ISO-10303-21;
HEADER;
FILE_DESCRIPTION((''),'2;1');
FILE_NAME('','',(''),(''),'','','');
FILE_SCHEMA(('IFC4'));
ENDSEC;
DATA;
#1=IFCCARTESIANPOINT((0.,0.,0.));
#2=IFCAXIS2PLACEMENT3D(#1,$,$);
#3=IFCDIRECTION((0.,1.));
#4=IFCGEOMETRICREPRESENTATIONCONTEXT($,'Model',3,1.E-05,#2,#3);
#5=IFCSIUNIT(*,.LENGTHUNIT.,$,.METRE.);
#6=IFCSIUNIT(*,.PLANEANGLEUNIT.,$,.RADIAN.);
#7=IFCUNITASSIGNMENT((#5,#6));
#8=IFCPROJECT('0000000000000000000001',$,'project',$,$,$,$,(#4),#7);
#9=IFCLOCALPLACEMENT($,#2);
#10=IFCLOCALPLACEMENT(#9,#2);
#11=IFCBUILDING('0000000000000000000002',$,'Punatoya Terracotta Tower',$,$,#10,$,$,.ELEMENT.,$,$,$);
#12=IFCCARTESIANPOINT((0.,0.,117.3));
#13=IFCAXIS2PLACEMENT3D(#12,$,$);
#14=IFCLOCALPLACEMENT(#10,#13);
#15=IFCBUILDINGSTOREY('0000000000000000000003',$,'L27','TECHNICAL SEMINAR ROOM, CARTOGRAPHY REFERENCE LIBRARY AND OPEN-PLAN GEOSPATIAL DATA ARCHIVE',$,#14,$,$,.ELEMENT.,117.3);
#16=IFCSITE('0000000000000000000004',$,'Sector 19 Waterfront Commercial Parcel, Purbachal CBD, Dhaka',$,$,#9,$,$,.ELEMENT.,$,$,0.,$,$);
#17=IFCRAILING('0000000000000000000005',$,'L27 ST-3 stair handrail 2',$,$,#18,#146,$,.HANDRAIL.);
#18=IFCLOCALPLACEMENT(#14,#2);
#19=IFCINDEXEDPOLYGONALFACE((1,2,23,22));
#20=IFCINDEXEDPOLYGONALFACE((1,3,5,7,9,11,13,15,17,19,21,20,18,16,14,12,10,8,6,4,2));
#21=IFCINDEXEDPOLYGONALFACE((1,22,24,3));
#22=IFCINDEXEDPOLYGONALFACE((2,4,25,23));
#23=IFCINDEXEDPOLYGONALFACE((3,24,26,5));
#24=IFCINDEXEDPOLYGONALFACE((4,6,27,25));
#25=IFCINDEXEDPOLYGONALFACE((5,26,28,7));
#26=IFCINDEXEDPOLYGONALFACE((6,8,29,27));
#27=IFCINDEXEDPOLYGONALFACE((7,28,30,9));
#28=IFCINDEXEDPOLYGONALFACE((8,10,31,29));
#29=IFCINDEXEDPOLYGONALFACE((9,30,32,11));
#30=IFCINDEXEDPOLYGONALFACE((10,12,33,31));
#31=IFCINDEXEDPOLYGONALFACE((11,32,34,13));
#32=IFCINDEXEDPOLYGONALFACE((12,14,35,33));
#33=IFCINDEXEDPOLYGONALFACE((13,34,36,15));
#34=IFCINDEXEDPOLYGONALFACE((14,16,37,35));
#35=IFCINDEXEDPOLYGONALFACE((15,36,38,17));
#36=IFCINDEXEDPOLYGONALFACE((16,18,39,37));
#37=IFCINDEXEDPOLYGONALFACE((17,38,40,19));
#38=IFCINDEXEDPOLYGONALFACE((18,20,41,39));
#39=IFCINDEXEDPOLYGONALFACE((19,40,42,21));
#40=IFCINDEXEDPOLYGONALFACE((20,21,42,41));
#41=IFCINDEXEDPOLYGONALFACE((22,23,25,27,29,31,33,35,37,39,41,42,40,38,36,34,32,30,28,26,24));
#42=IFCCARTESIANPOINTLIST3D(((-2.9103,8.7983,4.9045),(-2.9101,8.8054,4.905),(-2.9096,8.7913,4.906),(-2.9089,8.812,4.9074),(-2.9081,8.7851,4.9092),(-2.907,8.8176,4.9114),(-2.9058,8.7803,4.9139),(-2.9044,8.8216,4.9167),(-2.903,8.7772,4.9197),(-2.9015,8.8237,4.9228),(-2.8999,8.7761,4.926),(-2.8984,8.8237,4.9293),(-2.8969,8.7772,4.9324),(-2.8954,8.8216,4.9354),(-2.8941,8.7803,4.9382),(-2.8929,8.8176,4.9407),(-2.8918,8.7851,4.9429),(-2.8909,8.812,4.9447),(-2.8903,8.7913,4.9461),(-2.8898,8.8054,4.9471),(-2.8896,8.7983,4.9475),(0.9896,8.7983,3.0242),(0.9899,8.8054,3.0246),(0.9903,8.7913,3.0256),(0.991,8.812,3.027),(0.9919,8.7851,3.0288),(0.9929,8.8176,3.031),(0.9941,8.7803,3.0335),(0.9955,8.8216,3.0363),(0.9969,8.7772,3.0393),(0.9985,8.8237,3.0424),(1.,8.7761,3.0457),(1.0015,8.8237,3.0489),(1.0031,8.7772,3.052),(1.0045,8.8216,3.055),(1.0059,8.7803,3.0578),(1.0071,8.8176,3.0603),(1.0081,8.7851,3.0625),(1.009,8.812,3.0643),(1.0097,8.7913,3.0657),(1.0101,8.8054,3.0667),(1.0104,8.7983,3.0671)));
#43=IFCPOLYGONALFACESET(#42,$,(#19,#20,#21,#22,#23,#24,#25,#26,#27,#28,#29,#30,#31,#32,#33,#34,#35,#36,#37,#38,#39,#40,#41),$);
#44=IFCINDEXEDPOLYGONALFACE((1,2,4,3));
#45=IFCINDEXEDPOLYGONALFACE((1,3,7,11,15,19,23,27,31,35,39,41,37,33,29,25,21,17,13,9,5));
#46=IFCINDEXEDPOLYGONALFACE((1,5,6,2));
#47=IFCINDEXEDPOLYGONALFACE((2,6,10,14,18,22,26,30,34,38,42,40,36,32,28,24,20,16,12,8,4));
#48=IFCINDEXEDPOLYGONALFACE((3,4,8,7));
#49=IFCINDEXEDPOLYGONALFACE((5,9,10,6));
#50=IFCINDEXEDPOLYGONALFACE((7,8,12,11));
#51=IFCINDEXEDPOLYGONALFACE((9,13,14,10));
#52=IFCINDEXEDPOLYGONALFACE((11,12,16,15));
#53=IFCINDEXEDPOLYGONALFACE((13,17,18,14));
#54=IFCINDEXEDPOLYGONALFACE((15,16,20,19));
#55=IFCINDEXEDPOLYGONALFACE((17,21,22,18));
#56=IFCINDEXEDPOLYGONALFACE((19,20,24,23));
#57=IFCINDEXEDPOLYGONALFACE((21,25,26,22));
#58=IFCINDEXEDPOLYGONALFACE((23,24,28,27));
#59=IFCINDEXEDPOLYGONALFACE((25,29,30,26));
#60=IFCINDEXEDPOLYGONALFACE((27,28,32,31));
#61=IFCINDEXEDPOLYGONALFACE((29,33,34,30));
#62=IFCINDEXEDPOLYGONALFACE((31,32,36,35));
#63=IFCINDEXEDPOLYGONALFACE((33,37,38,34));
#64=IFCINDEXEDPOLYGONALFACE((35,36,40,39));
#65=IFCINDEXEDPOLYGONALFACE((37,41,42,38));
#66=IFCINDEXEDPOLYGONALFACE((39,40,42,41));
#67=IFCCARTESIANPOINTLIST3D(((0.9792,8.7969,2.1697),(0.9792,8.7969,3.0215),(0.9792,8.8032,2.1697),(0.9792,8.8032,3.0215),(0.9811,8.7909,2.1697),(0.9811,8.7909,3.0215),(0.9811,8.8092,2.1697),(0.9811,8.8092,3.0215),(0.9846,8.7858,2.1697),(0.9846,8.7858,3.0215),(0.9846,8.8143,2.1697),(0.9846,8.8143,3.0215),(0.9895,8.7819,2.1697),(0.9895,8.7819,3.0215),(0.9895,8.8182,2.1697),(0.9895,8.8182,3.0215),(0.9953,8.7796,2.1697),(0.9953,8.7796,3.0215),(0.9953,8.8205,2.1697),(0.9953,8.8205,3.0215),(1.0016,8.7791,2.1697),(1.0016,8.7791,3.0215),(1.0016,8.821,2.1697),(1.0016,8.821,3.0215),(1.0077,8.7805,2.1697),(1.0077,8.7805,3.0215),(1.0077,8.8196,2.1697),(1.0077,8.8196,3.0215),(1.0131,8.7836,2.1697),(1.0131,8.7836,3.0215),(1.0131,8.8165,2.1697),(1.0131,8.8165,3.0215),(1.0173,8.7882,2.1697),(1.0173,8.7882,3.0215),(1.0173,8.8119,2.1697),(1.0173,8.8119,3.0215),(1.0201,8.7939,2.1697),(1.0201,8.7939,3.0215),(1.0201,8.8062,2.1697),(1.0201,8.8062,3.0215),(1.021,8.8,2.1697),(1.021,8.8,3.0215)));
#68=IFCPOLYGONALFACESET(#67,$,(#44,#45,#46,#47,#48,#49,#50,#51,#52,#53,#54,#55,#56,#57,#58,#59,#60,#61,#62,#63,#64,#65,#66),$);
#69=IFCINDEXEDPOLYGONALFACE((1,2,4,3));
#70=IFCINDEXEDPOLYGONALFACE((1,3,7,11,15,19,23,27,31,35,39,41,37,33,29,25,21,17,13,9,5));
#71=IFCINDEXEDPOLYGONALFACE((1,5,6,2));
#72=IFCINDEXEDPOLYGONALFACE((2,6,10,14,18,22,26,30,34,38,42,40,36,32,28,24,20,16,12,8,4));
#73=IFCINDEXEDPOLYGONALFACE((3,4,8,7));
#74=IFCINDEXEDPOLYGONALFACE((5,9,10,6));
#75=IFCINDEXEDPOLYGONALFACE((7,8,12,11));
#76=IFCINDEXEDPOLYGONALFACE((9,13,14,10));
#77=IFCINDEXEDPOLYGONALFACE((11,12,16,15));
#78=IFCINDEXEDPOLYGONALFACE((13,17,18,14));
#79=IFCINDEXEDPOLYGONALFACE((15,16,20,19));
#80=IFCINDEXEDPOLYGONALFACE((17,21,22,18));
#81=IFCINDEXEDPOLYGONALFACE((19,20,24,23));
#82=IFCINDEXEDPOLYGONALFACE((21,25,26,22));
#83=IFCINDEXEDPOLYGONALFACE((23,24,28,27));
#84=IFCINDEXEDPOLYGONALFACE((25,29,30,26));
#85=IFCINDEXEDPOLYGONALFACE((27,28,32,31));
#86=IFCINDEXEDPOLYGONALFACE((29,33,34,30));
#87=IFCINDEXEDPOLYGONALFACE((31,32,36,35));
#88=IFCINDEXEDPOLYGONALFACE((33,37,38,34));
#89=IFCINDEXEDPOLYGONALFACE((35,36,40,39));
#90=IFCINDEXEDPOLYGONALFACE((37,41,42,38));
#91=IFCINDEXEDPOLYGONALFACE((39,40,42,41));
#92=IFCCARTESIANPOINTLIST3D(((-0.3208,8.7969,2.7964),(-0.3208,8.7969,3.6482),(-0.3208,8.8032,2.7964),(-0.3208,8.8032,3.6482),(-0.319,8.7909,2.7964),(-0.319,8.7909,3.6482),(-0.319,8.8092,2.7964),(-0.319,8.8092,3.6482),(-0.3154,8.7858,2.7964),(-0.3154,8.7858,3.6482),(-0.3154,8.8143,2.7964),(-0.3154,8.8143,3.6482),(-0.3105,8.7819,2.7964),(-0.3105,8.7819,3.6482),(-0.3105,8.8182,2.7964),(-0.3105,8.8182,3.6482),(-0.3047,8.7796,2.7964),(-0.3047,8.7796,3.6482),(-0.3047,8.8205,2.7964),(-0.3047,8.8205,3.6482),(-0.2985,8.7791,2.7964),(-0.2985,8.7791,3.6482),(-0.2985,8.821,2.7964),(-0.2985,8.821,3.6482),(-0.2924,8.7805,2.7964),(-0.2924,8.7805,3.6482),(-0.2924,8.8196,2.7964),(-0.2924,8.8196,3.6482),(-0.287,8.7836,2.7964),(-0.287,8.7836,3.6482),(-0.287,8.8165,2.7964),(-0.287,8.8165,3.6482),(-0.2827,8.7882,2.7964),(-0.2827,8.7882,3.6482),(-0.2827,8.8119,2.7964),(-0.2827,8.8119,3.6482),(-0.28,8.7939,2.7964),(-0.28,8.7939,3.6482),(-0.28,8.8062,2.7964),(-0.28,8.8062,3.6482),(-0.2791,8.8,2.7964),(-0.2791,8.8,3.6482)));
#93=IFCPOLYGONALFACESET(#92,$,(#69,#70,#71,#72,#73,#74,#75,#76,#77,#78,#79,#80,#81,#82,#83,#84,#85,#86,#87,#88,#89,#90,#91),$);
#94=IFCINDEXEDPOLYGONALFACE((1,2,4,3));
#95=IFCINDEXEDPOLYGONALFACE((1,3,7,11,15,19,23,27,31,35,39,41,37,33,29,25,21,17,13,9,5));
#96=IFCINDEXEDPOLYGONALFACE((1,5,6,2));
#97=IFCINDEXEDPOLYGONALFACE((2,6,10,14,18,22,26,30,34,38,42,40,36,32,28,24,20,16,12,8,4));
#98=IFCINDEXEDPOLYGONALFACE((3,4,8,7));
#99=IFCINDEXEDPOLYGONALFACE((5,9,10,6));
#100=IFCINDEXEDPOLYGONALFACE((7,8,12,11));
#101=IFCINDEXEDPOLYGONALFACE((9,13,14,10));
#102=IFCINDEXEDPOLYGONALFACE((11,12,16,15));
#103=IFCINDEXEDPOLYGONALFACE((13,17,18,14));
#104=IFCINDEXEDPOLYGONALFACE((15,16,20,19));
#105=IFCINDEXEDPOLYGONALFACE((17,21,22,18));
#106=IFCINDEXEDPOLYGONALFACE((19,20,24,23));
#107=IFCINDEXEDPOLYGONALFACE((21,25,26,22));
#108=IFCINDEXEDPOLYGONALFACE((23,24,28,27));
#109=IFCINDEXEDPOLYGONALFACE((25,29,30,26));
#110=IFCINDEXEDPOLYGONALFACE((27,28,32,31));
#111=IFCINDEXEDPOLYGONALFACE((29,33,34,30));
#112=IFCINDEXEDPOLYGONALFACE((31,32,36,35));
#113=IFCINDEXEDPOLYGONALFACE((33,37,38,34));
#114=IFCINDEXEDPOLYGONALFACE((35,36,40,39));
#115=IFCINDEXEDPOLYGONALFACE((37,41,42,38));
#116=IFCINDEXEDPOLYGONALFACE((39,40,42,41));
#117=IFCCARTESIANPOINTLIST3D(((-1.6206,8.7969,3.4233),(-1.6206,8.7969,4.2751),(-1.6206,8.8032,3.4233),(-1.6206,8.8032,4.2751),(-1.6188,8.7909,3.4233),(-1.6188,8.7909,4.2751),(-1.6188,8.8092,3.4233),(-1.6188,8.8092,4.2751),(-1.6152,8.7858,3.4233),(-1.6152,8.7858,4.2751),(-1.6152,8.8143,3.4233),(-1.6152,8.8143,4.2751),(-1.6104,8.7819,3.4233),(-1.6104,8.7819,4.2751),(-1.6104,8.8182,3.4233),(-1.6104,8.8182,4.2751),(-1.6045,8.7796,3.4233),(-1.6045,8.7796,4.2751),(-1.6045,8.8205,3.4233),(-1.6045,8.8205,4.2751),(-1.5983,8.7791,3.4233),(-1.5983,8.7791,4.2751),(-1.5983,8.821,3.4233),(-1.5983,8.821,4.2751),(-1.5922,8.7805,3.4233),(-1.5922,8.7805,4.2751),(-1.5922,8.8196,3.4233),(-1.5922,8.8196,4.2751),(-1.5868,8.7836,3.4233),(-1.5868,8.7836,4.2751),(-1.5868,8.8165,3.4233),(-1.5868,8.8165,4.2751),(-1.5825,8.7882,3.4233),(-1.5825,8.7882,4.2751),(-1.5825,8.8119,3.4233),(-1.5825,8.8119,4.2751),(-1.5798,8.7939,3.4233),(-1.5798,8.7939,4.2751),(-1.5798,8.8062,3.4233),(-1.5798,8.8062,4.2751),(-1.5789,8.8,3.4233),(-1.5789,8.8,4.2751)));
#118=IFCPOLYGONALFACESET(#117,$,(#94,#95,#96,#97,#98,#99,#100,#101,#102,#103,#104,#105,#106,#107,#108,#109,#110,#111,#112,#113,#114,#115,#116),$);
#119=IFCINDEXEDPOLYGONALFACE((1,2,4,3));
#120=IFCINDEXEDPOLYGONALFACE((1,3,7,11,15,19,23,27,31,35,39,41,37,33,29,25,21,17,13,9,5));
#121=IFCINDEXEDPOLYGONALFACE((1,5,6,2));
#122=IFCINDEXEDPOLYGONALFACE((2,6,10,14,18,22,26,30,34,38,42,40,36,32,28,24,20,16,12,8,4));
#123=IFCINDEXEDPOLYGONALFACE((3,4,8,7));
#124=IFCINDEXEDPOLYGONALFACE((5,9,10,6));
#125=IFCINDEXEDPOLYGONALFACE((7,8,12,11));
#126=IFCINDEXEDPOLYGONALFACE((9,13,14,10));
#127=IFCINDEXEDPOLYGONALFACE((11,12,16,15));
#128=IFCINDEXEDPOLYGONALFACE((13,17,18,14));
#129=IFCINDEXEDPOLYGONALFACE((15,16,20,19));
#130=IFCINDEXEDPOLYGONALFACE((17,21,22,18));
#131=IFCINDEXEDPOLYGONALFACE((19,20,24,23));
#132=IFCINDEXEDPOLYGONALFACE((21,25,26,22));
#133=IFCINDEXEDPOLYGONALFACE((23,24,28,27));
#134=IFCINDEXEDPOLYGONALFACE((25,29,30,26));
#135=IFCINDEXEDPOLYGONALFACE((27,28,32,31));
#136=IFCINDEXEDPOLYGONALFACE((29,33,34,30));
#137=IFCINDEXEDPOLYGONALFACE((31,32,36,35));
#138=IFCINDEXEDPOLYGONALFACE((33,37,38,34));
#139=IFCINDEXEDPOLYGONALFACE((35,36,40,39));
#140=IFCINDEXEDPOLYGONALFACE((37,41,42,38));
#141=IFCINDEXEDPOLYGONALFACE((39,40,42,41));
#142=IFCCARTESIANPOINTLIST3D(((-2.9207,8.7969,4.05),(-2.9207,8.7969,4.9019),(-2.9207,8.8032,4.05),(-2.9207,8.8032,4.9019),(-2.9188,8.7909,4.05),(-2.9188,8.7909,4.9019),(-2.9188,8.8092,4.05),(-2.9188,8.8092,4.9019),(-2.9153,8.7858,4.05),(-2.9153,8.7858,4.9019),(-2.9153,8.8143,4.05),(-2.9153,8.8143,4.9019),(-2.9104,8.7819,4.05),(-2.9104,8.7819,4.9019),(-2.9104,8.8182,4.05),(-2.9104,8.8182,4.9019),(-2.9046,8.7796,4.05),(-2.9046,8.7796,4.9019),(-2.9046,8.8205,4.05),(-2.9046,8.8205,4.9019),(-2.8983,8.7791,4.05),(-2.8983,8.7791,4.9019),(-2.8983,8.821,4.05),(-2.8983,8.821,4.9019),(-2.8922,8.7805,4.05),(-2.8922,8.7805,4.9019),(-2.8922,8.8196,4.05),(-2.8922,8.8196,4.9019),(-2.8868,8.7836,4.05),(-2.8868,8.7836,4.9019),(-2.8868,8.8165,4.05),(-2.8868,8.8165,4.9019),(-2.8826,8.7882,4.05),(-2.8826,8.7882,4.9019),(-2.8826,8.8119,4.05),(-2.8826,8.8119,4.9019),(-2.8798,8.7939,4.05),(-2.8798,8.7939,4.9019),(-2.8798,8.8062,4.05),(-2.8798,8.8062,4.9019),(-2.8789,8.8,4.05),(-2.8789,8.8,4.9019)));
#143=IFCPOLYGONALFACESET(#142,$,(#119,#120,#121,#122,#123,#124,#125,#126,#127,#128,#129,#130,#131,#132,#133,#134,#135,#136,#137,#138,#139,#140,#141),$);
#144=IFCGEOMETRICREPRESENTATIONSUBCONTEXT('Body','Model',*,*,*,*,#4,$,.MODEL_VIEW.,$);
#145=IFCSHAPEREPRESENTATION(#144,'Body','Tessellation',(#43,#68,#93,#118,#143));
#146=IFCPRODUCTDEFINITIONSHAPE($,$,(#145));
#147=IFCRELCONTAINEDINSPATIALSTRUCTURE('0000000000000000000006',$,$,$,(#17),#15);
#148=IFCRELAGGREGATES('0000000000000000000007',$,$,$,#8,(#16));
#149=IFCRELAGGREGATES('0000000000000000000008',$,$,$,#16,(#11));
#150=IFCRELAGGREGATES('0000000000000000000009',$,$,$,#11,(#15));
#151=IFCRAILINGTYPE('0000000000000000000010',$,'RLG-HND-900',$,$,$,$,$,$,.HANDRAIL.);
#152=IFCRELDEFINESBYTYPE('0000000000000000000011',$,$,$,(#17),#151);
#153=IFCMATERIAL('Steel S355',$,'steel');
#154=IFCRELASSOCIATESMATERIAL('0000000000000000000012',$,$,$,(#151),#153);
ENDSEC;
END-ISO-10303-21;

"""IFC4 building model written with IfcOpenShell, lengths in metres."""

from ifc_helpers import new_model, si_unit, direction, frame, origin, origin_2d, place, context, subcontext, project, spatial, circle, extrude, material, type_object, element, save


model = new_model("IFC4")

# Units and contexts
model_context = context("Model", 3, precision=1e-05, world=origin(), true_north=direction((0.0, 1.0)))
body_context = subcontext(model_context, "Body", "Model", "MODEL_VIEW")
ifc_project = project(units=[si_unit("LENGTHUNIT", "METRE"), si_unit("PLANEANGLEUNIT", "RADIAN")], contexts=[model_context])

# Site, building, storey
site_placement = place(None, origin())
site = spatial("IfcSite", under=ifc_project, at=site_placement, Name="Sector 19 Waterfront Commercial Parcel, Purbachal CBD, Dhaka", CompositionType="ELEMENT", RefElevation=0.0)
building_placement = place(site_placement, origin())
building = spatial("IfcBuilding", under=site, at=building_placement, Name="Punatoya Terracotta Tower", CompositionType="ELEMENT")
storey_placement = place(building_placement, frame((0.0, 0.0, 117.3)))
storey = spatial("IfcBuildingStorey", under=building, at=storey_placement, Name="L27", Description="TECHNICAL SEMINAR ROOM, CARTOGRAPHY REFERENCE LIBRARY AND OPEN-PLAN GEOSPATIAL DATA ARCHIVE", CompositionType="ELEMENT", Elevation=117.3)

# Shared definitions
ifc_material_1 = material(Name="Steel S355", Category="steel")

# Railing
railing_type = type_object("IfcRailingType", Name="RLG-HND-900", PredefinedType="HANDRAIL", material=ifc_material_1)
railing_placement = place(storey_placement, frame((1.0, 8.8, 2.1697)))
element("IfcRailing", 1, at=railing_placement, inside=storey, type_object=railing_type, Name="L27 ST-3 stair handrail 2", PredefinedType="HANDRAIL", context=body_context, shape_type="SweptSolid", body=[
    extrude(circle(Radius=0.0239, at=origin_2d()), frame((0.0, 0.0, 0.876), z_axis=(-0.900763, 0.0, 0.434311), x_axis=(0.0, -1.0, 0.0)), (0.0, 0.0, 1.0), 4.3296),
    extrude(circle(Radius=0.021, at=origin_2d()), origin(), (0.0, 0.0, 1.0), 0.8518),
    extrude(circle(Radius=0.021, at=origin_2d()), frame((-1.3, 0.0, 0.6267)), (0.0, 0.0, 1.0), 0.8518),
    extrude(circle(Radius=0.021, at=origin_2d()), frame((-2.5999, 0.0, 1.2537)), (0.0, 0.0, 1.0), 0.8518),
    extrude(circle(Radius=0.021, at=origin_2d()), frame((-3.8999, 0.0, 1.8804)), (0.0, 0.0, 1.0), 0.8518),
])

save(model, "model.ifc")
